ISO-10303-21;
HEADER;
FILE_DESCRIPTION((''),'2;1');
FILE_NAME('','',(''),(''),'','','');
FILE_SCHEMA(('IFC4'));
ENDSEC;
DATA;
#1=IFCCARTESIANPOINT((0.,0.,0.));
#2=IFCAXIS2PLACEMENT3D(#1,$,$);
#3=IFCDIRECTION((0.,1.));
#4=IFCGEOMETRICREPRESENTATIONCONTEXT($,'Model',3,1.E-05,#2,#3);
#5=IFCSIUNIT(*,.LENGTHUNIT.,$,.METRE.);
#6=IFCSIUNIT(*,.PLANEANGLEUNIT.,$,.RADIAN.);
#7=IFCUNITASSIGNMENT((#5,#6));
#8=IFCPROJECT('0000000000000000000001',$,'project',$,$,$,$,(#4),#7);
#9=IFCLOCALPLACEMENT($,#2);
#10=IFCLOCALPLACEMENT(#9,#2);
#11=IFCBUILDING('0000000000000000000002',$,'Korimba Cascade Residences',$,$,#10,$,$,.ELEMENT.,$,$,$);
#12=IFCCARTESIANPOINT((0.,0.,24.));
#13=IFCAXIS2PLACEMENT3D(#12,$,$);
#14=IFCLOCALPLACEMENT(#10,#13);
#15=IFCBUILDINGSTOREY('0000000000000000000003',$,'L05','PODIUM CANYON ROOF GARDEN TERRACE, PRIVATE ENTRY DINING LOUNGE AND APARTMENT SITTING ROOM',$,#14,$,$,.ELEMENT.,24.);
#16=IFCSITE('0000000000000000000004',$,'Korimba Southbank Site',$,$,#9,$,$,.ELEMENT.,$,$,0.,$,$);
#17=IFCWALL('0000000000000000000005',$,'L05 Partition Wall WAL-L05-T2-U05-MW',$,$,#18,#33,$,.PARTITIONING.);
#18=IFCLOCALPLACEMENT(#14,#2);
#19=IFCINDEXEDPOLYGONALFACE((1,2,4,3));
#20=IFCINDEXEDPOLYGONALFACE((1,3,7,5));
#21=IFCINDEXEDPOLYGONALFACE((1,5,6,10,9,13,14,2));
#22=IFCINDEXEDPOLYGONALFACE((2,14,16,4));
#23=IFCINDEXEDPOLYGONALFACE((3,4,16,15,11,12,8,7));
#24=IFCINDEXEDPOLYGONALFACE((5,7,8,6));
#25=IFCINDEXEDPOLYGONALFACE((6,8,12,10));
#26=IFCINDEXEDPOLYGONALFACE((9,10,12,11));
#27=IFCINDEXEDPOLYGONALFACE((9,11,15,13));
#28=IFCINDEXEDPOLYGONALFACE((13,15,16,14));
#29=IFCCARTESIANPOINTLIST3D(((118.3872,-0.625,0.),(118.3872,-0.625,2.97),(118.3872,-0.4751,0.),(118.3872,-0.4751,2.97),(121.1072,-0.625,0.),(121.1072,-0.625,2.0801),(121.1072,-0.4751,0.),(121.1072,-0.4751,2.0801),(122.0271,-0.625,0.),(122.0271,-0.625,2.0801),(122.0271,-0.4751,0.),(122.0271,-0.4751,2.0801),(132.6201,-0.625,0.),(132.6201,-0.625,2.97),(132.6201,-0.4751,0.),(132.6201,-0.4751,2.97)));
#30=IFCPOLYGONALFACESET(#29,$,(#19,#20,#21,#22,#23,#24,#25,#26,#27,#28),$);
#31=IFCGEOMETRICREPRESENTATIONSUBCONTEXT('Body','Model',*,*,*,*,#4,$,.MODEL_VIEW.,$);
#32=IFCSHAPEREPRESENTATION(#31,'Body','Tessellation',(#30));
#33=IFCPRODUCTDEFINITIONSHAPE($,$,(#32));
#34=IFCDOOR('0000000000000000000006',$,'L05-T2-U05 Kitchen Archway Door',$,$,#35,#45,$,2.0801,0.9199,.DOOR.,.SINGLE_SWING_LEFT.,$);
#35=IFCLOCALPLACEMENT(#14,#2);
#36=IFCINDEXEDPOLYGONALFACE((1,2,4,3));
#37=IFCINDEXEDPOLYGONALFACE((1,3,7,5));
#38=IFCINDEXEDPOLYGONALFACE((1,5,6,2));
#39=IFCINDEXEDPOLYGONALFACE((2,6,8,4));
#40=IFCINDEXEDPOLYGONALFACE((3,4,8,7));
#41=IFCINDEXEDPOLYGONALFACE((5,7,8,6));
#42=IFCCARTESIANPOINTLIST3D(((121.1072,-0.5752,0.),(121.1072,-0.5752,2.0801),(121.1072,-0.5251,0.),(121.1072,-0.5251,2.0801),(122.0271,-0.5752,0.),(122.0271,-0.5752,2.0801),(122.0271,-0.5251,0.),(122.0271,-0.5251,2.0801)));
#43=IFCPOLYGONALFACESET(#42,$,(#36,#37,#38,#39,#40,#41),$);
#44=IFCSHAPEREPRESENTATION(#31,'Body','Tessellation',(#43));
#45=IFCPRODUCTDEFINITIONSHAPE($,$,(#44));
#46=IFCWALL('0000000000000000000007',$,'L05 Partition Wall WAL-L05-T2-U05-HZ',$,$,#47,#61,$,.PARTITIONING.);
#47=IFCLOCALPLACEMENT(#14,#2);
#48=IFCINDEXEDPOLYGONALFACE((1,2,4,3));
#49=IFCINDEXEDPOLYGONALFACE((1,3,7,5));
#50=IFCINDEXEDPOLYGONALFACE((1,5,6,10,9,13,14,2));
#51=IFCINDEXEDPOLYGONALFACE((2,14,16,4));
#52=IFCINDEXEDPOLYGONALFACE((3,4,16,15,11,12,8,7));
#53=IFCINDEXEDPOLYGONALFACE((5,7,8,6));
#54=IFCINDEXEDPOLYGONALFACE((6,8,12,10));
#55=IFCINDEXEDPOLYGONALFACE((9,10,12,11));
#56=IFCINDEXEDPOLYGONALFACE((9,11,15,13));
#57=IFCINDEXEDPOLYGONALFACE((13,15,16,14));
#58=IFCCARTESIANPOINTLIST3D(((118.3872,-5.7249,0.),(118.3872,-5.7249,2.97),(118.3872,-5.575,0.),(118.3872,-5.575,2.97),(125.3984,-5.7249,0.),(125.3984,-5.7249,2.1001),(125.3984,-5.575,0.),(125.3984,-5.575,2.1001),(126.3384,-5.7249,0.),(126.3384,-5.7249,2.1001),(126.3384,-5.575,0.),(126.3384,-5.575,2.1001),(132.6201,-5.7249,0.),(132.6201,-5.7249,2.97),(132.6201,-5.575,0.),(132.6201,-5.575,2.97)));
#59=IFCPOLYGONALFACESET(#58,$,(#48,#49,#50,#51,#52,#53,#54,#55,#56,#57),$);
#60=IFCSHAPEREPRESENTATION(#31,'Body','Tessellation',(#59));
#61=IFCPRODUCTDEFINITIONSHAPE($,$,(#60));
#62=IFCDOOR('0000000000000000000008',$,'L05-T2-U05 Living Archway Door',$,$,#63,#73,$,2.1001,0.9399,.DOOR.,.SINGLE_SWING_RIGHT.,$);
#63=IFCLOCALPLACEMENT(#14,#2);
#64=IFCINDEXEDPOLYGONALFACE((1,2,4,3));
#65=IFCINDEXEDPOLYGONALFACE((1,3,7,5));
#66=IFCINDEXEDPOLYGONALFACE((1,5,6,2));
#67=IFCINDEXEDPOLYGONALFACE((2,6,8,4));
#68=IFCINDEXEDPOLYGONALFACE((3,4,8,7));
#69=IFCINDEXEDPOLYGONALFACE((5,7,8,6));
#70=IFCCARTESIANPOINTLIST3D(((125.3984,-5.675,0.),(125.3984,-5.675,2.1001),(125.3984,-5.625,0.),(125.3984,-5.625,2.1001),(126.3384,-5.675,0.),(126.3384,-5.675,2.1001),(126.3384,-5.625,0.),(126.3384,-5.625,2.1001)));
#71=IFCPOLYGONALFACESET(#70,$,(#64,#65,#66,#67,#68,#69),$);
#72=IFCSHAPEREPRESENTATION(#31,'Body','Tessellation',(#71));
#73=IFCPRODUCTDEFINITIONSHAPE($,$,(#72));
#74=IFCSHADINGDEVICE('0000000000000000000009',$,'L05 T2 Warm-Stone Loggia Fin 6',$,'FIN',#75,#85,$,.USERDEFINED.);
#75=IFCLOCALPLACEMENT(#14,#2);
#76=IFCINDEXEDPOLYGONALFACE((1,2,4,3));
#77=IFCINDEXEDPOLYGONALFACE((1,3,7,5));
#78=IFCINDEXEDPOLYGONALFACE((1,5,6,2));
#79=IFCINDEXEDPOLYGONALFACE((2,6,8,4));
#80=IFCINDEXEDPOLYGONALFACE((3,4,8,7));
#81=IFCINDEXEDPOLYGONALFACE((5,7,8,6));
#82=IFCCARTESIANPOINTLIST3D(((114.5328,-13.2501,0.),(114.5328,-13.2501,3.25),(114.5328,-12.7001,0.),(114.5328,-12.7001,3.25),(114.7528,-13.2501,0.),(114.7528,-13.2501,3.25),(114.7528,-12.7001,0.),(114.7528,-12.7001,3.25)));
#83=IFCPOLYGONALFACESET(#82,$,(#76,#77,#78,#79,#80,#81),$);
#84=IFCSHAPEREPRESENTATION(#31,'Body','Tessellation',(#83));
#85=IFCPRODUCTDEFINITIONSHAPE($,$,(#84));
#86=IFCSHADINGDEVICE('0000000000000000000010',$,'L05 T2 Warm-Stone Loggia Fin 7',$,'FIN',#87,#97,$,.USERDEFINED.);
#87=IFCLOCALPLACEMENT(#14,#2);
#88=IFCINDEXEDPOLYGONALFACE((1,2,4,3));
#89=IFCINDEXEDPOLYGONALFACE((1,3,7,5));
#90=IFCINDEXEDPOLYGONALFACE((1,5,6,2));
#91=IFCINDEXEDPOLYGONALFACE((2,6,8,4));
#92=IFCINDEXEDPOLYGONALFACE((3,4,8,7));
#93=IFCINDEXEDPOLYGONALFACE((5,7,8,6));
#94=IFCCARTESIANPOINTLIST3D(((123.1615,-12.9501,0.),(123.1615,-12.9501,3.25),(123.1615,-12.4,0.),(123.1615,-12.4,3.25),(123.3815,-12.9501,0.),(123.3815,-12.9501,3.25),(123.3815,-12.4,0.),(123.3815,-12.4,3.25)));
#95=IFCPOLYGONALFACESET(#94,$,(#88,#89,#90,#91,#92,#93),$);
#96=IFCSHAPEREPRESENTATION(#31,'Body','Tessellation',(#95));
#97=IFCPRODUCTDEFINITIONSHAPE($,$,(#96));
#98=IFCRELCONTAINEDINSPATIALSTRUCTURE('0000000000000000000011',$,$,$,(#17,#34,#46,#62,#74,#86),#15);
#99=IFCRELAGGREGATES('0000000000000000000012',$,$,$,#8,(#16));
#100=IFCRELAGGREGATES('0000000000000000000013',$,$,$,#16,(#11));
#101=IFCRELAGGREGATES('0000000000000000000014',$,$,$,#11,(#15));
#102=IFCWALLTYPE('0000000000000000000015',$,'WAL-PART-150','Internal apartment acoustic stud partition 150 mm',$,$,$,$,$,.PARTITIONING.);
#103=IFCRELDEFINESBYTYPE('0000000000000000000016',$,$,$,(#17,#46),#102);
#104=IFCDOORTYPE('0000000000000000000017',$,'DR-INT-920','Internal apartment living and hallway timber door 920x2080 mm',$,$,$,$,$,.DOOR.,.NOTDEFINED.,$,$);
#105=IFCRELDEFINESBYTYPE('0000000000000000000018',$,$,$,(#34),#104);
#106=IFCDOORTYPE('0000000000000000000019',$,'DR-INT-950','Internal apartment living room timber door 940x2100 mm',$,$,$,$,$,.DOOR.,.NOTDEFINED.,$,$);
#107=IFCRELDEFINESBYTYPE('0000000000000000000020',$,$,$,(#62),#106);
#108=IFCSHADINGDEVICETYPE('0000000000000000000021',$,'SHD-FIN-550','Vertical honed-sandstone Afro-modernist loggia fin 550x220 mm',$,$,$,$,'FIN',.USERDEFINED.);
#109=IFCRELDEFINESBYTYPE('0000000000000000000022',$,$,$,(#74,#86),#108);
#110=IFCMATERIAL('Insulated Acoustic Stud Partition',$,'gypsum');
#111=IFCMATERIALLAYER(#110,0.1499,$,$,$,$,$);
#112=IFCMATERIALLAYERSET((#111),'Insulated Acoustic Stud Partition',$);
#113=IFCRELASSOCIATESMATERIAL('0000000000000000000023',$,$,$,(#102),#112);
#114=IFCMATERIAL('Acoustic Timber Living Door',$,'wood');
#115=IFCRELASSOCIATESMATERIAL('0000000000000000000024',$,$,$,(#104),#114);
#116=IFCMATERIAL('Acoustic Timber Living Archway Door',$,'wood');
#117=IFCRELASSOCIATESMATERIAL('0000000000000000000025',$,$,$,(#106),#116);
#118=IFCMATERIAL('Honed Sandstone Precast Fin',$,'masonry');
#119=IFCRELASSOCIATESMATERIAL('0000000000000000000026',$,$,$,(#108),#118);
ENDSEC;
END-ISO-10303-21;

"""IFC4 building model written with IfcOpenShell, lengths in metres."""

from ifc_helpers import new_model, si_unit, direction, frame, frame_2d, origin, origin_2d, place, context, subcontext, project, spatial, rectangle, extrude, material, layer, layer_set, type_object, element, fill, save


model = new_model("IFC4")

# Units and contexts
model_context = context("Model", 3, precision=1e-05, world=origin(), true_north=direction((0.0, 1.0)))
body_context = subcontext(model_context, "Body", "Model", "MODEL_VIEW")
ifc_project = project(units=[si_unit("LENGTHUNIT", "METRE"), si_unit("PLANEANGLEUNIT", "RADIAN")], contexts=[model_context])

# Site, building, storey
site_placement = place(None, origin())
site = spatial("IfcSite", under=ifc_project, at=site_placement, Name="Korimba Southbank Site", CompositionType="ELEMENT", RefElevation=0.0)
building_placement = place(site_placement, origin())
building = spatial("IfcBuilding", under=site, at=building_placement, Name="Korimba Cascade Residences", CompositionType="ELEMENT")
storey_placement = place(building_placement, frame((0.0, 0.0, 24.0)))
storey = spatial("IfcBuildingStorey", under=building, at=storey_placement, Name="L05", Description="PODIUM CANYON ROOF GARDEN TERRACE, PRIVATE ENTRY DINING LOUNGE AND APARTMENT SITTING ROOM", CompositionType="ELEMENT", Elevation=24.0)

# Walls, openings, doors
ifc_material_1 = material(Name="Insulated Acoustic Stud Partition", Category="gypsum")
ifc_layer_1 = layer(ifc_material_1, 0.1499)
ifc_layer_set_1 = layer_set([ifc_layer_1], Name="Insulated Acoustic Stud Partition")
wall_type_1 = type_object("IfcWallType", Name="WAL-PART-150", Description="Internal apartment acoustic stud partition 150 mm", PredefinedType="PARTITIONING", material=ifc_layer_set_1)
wall_1_placement = place(storey_placement, frame((118.3872, -0.55, 0.0), z_axis=(0.0, 0.0, 1.0), x_axis=(1.0, 0.0, 0.0)))
wall_1 = element("IfcWall", 1, at=wall_1_placement, inside=storey, type_object=wall_type_1, Name="L05 Partition Wall WAL-L05-T2-U05-MW", PredefinedType="PARTITIONING", context=body_context, shape_type="SweptSolid", body=[
    extrude(rectangle(XDim=14.2329, YDim=0.1499, at=frame_2d((7.1165, 0.0))), origin(), (0.0, 0.0, 1.0), 2.97),
])
opening_1_placement = place(wall_1_placement, frame((2.72, 0.0, 0.0)))
opening_1 = element("IfcOpeningElement", 2, at=opening_1_placement, cuts=wall_1, PredefinedType="OPENING", context=body_context, shape_type="SweptSolid", body=[
    extrude(rectangle(XDim=0.9199, YDim=2.0801, at=frame_2d((0.46, 1.04))), frame((0.0, 0.085, 0.0), z_axis=(0.0, -1.0, 0.0), x_axis=(1.0, 0.0, 0.0)), (0.0, 0.0, 1.0), 0.1699),
])
ifc_material_2 = material(Name="Acoustic Timber Living Door", Category="wood")
door_type_1 = type_object("IfcDoorType", Name="DR-INT-920", Description="Internal apartment living and hallway timber door 920x2080 mm", OperationType="NOTDEFINED", PredefinedType="DOOR", material=ifc_material_2)
door_1_placement = place(opening_1_placement, origin())
door_1 = element("IfcDoor", 3, at=door_1_placement, inside=storey, type_object=door_type_1, Name="L05-T2-U05 Kitchen Archway Door", OperationType="SINGLE_SWING_LEFT", OverallHeight=2.0801, OverallWidth=0.9199, PredefinedType="DOOR", context=body_context, shape_type="SweptSolid", body=[
    extrude(rectangle(XDim=0.9199, YDim=2.0801, at=frame_2d((0.46, 1.04))), frame((0.0, 0.0249, 0.0), z_axis=(0.0, -1.0, 0.0), x_axis=(1.0, 0.0, 0.0)), (0.0, 0.0, 1.0), 0.05),
])
fill(opening_1, door_1)
wall_2_placement = place(storey_placement, frame((118.3872, -5.6499, 0.0), z_axis=(0.0, 0.0, 1.0), x_axis=(1.0, 0.0, 0.0)))
wall_2 = element("IfcWall", 4, at=wall_2_placement, inside=storey, type_object=wall_type_1, Name="L05 Partition Wall WAL-L05-T2-U05-HZ", PredefinedType="PARTITIONING", context=body_context, shape_type="SweptSolid", body=[
    extrude(rectangle(XDim=14.2329, YDim=0.1499, at=frame_2d((7.1165, 0.0))), origin(), (0.0, 0.0, 1.0), 2.97),
])
opening_2_placement = place(wall_2_placement, frame((7.0112, 0.0, 0.0)))
opening_2 = element("IfcOpeningElement", 5, at=opening_2_placement, cuts=wall_2, PredefinedType="OPENING", context=body_context, shape_type="SweptSolid", body=[
    extrude(rectangle(XDim=0.9399, YDim=2.1001, at=frame_2d((0.47, 1.05))), frame((0.0, 0.085, 0.0), z_axis=(0.0, -1.0, 0.0), x_axis=(1.0, 0.0, 0.0)), (0.0, 0.0, 1.0), 0.1699),
])
ifc_material_3 = material(Name="Acoustic Timber Living Archway Door", Category="wood")
door_type_2 = type_object("IfcDoorType", Name="DR-INT-950", Description="Internal apartment living room timber door 940x2100 mm", OperationType="NOTDEFINED", PredefinedType="DOOR", material=ifc_material_3)
door_2_placement = place(opening_2_placement, origin())
door_2 = element("IfcDoor", 6, at=door_2_placement, inside=storey, type_object=door_type_2, Name="L05-T2-U05 Living Archway Door", OperationType="SINGLE_SWING_RIGHT", OverallHeight=2.1001, OverallWidth=0.9399, PredefinedType="DOOR", context=body_context, shape_type="SweptSolid", body=[
    extrude(rectangle(XDim=0.9399, YDim=2.1001, at=frame_2d((0.47, 1.05))), frame((0.0, 0.0249, 0.0), z_axis=(0.0, -1.0, 0.0), x_axis=(1.0, 0.0, 0.0)), (0.0, 0.0, 1.0), 0.05),
])
fill(opening_2, door_2)

# Shading devices
ifc_material_4 = material(Name="Honed Sandstone Precast Fin", Category="masonry")
shading_device_type = type_object("IfcShadingDeviceType", Name="SHD-FIN-550", Description="Vertical honed-sandstone Afro-modernist loggia fin 550x220 mm", ElementType="FIN", PredefinedType="USERDEFINED", material=ifc_material_4)
for number, where, z_axis, x_axis, name in (
    (7, (114.6428, -12.9751, 0.0), (0.0, 0.0, 1.0), (1.0, 0.0, 0.0), "L05 T2 Warm-Stone Loggia Fin 6"),
    (8, (123.2715, -12.675, 0.0), (0.0, 0.0, 1.0), (1.0, 0.0, 0.0), "L05 T2 Warm-Stone Loggia Fin 7"),
):
    element("IfcShadingDevice", number, at=place(storey_placement, frame(where, z_axis=z_axis, x_axis=x_axis)), inside=storey, type_object=shading_device_type, Name=name, ObjectType="FIN", PredefinedType="USERDEFINED", context=body_context, shape_type="SweptSolid", body=[
        extrude(rectangle(XDim=0.22, YDim=0.55, at=origin_2d()), origin(), (0.0, 0.0, 1.0), 3.25),
    ])

save(model, "model.ifc")
